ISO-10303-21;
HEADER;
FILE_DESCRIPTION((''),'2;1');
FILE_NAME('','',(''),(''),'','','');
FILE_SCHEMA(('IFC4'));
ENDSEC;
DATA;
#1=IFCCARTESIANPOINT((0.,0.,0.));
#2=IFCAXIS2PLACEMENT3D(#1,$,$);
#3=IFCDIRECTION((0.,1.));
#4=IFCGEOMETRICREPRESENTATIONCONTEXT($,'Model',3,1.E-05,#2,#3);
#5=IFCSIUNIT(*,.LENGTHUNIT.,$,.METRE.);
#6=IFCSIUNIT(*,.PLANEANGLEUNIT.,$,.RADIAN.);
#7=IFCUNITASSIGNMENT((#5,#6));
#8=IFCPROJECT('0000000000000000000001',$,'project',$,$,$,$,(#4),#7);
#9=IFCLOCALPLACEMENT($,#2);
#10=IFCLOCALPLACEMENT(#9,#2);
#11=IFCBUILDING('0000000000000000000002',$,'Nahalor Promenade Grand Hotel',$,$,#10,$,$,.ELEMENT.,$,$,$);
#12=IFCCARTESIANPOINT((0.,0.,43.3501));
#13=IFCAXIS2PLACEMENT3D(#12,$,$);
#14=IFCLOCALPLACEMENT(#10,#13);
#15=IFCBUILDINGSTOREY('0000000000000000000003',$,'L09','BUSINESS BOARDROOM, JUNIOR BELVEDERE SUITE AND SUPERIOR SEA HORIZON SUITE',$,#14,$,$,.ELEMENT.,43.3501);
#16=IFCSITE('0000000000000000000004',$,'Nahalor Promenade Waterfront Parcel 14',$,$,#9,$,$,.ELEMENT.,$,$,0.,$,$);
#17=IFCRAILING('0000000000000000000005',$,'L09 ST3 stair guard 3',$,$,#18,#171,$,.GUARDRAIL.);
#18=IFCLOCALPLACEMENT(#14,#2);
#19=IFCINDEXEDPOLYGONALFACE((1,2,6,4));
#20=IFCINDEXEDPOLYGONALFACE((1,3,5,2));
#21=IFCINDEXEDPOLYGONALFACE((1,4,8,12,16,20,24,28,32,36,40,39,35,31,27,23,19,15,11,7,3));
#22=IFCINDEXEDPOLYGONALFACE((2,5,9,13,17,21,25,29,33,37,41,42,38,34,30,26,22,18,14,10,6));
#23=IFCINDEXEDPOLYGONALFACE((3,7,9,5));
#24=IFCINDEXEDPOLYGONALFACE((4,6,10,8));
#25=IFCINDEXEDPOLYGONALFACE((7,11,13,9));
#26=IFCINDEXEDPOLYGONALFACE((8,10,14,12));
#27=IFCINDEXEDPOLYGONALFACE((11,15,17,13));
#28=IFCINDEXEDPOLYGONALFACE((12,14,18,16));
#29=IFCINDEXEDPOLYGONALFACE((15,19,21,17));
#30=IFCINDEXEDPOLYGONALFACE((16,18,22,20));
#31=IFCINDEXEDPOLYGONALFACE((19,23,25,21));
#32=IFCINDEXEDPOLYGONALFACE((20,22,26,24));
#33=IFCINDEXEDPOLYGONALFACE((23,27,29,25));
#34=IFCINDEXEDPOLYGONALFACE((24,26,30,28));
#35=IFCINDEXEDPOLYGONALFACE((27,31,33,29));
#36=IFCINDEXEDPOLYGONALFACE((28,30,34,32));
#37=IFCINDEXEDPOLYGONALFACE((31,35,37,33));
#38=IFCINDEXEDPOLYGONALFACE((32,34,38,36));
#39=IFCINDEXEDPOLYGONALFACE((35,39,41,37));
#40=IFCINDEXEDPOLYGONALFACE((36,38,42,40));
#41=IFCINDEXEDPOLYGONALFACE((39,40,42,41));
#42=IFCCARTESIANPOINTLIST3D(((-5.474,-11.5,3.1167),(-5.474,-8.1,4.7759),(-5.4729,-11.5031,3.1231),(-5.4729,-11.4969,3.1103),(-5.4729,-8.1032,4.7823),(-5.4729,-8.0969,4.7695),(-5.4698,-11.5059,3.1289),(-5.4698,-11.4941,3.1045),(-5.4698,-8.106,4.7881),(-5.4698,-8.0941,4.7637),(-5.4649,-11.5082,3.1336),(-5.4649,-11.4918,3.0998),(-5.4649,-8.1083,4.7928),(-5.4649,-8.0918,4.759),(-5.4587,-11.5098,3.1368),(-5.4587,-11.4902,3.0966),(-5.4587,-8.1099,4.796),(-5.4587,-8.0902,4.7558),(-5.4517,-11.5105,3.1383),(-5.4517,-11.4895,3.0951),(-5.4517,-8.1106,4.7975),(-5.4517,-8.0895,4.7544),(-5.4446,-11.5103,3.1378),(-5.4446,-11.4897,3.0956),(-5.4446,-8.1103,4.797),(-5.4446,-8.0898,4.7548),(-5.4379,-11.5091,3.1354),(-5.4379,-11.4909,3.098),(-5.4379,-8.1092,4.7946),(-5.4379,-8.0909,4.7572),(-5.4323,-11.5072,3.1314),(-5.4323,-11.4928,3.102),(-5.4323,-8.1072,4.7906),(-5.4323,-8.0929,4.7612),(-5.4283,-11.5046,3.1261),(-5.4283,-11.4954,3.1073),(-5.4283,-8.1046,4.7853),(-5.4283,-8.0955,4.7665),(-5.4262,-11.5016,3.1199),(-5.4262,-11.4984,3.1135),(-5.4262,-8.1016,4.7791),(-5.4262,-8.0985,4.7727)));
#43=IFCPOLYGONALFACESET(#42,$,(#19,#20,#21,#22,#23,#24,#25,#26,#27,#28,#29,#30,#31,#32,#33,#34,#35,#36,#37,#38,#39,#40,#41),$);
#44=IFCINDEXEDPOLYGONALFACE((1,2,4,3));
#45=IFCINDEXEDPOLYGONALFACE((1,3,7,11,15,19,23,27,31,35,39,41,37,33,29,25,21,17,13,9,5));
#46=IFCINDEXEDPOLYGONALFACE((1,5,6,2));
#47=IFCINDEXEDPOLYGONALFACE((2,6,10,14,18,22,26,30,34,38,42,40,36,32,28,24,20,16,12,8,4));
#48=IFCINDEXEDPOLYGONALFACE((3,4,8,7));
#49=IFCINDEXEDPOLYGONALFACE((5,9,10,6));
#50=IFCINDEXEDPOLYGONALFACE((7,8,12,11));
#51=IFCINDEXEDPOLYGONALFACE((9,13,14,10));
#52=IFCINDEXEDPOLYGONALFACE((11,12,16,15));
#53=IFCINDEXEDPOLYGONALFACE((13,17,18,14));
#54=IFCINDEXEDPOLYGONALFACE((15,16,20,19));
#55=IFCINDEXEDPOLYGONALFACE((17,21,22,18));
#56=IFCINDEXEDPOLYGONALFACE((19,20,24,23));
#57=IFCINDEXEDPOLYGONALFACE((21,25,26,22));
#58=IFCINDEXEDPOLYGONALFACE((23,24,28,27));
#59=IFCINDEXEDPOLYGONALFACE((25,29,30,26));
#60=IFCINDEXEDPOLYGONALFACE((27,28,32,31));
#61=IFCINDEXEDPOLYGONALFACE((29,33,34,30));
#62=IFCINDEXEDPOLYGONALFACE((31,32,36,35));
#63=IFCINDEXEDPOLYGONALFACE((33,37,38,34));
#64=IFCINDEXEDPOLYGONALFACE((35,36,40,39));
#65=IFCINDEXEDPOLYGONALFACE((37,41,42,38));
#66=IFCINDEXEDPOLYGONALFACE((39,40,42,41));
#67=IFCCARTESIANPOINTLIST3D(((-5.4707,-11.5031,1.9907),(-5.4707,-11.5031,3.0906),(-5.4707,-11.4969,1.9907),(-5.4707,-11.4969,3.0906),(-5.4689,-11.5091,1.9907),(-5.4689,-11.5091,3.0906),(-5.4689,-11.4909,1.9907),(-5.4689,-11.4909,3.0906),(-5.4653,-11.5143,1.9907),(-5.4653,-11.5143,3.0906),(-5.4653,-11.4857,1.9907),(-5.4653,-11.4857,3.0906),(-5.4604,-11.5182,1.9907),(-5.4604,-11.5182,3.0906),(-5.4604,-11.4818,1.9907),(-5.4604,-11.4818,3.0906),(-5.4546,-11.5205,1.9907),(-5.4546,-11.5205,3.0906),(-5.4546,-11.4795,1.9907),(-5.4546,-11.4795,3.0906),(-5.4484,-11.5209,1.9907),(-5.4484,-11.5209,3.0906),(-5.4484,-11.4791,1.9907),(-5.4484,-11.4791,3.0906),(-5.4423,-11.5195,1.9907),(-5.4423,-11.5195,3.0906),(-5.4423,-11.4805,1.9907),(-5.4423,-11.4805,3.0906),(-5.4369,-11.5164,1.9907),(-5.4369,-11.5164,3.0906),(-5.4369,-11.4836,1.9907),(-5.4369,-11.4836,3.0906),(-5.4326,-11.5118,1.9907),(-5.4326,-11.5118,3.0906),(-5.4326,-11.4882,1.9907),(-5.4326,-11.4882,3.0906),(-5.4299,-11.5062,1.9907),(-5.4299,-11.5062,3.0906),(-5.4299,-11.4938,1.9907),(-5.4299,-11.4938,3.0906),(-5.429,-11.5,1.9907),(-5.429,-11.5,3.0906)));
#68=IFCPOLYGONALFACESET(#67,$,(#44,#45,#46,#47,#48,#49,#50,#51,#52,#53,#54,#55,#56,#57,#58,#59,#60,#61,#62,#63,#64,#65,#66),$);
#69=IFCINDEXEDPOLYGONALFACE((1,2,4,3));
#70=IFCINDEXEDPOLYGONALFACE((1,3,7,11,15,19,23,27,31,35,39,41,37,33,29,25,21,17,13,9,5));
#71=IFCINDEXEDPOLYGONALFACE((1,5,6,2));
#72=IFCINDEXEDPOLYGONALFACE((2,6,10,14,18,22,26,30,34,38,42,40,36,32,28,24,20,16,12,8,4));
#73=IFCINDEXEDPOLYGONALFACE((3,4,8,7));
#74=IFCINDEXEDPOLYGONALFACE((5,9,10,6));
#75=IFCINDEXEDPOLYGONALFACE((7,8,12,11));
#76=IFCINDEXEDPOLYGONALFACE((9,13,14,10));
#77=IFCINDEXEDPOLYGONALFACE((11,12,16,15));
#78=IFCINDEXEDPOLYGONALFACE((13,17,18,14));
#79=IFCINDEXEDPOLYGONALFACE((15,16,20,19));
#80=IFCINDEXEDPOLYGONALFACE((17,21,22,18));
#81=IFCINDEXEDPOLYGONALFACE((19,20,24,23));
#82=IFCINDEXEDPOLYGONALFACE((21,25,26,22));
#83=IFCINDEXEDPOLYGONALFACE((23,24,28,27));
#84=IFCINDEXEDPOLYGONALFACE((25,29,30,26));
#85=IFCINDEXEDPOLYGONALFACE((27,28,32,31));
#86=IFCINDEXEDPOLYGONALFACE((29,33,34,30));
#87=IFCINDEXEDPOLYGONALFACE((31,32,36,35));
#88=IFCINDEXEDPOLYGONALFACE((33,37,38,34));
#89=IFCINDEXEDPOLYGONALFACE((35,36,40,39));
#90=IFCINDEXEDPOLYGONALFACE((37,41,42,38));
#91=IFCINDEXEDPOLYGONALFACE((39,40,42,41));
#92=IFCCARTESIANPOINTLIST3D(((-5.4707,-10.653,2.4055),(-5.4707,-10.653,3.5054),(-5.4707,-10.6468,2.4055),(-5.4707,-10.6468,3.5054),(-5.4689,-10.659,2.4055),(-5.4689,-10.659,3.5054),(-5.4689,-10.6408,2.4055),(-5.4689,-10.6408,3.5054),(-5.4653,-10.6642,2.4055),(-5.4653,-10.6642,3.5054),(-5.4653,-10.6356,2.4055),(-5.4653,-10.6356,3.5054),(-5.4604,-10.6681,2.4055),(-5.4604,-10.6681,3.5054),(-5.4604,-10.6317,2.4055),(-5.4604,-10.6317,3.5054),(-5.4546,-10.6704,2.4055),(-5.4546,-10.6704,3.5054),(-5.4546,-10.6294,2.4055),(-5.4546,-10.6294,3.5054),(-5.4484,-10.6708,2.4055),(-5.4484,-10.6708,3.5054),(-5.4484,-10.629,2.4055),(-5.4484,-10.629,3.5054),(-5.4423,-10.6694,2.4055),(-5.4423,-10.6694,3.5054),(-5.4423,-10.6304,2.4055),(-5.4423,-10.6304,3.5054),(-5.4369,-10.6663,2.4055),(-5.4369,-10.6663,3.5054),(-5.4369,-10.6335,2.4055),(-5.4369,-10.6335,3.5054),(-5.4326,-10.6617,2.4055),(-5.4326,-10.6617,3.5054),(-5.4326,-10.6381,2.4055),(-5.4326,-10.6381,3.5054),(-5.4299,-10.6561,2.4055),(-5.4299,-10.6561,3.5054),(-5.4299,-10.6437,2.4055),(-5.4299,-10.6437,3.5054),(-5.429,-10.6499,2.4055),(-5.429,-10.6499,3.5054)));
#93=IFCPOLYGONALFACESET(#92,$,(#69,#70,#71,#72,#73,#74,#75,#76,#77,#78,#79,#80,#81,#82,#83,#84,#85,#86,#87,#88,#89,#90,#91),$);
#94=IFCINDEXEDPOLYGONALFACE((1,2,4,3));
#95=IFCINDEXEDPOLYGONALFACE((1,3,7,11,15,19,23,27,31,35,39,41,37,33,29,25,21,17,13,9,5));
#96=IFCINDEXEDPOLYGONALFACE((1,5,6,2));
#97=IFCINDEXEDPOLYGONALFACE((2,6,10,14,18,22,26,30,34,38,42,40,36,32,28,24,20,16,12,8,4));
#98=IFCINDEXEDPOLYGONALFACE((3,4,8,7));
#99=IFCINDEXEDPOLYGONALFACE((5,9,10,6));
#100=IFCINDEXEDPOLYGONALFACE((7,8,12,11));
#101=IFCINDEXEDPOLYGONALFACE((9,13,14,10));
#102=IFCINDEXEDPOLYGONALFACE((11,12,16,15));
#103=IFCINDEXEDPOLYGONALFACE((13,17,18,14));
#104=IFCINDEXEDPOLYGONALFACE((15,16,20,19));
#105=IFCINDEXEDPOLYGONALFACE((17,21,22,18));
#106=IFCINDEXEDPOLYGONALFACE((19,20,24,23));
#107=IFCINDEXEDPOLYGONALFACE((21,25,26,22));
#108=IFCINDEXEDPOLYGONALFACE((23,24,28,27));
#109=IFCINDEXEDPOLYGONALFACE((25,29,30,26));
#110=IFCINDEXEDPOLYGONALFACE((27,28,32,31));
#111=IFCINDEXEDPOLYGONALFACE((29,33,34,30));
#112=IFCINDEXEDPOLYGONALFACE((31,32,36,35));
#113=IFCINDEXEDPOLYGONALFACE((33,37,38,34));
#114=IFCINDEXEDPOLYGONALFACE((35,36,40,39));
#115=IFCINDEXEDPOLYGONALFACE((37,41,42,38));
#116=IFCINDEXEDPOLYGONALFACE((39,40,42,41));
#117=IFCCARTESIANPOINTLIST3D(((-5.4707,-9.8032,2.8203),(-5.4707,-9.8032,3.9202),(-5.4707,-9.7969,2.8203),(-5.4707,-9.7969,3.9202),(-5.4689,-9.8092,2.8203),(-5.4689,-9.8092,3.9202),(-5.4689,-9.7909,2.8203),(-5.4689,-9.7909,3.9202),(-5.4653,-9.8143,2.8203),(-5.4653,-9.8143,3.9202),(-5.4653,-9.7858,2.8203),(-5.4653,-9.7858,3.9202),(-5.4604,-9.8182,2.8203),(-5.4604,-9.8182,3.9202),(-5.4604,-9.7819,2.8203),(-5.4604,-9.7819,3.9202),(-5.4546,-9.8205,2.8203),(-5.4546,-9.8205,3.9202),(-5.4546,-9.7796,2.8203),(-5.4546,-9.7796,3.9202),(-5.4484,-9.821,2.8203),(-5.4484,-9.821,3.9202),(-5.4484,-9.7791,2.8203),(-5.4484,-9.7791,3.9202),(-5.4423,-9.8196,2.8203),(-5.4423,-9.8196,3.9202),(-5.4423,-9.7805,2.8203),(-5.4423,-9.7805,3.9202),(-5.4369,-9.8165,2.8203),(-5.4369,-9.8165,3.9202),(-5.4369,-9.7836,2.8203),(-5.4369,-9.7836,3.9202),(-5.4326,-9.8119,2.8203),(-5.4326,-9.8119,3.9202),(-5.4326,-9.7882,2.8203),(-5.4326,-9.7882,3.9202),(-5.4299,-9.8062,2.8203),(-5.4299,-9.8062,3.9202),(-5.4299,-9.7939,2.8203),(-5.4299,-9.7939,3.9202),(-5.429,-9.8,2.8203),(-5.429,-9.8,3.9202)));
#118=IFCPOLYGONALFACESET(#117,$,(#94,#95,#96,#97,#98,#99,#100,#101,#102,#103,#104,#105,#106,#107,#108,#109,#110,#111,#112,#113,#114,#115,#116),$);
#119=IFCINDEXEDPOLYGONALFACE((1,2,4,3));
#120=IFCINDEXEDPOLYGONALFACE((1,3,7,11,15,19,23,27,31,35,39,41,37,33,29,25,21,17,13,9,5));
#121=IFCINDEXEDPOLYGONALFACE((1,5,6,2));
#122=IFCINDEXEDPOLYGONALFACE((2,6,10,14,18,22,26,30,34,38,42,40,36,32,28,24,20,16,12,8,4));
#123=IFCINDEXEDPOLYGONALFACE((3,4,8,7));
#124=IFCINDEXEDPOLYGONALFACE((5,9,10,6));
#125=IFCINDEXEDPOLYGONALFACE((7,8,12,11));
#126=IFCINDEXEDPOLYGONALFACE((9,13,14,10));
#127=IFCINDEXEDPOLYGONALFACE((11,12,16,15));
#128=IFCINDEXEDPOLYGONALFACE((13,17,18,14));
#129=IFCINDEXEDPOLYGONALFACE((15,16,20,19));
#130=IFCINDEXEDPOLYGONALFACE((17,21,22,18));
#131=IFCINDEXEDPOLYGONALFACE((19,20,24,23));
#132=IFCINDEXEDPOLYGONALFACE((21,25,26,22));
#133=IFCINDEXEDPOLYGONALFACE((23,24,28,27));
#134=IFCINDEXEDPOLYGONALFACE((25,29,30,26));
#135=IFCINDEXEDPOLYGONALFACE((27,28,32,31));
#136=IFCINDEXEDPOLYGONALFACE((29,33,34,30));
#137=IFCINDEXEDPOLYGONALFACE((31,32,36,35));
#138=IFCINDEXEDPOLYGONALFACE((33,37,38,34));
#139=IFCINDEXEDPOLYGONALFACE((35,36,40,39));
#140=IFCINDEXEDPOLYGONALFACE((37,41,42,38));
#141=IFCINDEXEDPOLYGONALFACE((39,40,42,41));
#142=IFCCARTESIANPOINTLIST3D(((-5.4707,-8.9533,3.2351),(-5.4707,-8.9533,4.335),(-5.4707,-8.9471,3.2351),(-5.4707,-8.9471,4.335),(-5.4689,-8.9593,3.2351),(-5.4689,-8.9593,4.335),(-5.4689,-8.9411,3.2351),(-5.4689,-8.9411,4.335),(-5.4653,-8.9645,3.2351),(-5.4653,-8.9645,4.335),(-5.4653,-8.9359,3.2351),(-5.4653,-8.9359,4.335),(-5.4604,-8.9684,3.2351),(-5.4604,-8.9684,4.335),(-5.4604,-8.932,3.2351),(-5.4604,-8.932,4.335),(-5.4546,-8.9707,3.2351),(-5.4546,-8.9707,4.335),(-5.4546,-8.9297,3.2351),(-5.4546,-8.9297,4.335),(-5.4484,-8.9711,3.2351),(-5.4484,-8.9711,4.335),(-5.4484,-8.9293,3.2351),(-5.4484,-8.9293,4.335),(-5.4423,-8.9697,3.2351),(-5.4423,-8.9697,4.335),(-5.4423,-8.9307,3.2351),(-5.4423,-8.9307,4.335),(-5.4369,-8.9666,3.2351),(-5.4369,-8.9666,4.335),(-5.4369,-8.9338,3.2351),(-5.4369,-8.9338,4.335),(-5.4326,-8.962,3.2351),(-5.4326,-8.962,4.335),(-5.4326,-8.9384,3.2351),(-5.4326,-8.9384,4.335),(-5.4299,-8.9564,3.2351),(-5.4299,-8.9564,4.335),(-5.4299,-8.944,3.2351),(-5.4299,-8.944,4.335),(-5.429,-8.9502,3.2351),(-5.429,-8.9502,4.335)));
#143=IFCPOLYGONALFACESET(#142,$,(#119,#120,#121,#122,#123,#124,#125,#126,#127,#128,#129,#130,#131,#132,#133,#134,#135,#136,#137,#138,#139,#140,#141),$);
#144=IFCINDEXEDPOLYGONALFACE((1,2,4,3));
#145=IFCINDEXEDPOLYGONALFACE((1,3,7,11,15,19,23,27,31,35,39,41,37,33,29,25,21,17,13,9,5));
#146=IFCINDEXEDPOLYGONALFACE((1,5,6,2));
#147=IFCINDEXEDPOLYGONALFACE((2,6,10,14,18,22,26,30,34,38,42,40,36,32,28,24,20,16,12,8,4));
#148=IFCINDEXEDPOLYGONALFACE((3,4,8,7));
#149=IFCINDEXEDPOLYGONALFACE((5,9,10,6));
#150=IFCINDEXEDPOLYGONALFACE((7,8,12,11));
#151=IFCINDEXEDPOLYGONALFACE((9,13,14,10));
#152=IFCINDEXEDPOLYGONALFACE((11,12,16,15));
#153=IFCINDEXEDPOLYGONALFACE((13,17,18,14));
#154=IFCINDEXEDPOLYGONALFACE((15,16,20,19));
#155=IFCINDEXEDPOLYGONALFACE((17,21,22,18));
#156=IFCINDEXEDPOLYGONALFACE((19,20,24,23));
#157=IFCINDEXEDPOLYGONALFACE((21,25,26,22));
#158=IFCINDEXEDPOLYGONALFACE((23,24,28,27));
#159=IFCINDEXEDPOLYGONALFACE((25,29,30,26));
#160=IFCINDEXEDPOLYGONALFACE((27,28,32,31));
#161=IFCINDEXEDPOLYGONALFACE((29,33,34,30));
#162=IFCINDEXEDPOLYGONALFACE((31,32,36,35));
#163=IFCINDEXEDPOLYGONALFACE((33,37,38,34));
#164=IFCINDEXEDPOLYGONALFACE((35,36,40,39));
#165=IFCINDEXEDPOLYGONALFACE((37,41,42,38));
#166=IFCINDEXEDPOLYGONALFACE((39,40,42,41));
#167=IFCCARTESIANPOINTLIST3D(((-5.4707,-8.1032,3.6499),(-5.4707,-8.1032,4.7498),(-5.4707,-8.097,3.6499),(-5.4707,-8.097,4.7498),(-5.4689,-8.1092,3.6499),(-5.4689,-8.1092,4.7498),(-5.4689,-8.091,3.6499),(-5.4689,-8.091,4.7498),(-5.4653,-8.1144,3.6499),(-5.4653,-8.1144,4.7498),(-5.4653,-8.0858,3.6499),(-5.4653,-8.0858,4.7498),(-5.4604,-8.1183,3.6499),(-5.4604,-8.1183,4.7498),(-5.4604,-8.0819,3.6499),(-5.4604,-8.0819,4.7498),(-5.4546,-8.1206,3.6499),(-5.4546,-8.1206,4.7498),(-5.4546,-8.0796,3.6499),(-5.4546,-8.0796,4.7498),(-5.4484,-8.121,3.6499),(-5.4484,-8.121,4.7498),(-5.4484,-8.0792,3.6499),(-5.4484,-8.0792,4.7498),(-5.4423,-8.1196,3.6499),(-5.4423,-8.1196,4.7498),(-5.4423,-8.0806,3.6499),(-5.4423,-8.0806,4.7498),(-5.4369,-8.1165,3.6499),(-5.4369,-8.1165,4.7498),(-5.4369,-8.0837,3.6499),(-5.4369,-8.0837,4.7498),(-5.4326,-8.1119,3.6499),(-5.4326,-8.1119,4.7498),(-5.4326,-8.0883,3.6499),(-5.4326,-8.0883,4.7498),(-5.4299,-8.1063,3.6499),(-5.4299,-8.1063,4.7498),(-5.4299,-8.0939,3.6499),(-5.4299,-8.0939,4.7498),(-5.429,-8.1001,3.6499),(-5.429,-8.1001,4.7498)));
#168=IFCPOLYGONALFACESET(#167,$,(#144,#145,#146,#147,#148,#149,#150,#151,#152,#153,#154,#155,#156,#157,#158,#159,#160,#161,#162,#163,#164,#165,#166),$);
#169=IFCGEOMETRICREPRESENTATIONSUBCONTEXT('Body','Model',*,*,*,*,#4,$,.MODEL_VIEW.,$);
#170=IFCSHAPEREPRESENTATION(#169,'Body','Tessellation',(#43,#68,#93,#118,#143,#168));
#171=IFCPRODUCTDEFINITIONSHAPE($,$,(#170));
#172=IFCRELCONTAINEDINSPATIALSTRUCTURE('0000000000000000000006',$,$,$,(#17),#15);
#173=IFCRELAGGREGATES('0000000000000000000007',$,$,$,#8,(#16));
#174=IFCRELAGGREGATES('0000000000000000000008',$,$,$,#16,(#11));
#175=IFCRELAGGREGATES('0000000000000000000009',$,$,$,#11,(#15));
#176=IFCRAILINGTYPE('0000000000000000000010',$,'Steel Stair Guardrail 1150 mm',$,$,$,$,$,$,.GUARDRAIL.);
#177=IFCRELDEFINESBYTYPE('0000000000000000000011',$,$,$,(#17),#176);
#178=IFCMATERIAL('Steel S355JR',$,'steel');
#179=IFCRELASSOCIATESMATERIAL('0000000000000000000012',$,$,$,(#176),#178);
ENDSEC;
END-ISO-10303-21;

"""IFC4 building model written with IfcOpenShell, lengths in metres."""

from ifc_helpers import new_model, si_unit, direction, frame, origin, origin_2d, place, context, subcontext, project, spatial, circle, extrude, material, type_object, element, save


model = new_model("IFC4")

# Units and contexts
model_context = context("Model", 3, precision=1e-05, world=origin(), true_north=direction((0.0, 1.0)))
body_context = subcontext(model_context, "Body", "Model", "MODEL_VIEW")
ifc_project = project(units=[si_unit("LENGTHUNIT", "METRE"), si_unit("PLANEANGLEUNIT", "RADIAN")], contexts=[model_context])

# Site, building, storey
site_placement = place(None, origin())
site = spatial("IfcSite", under=ifc_project, at=site_placement, Name="Nahalor Promenade Waterfront Parcel 14", CompositionType="ELEMENT", RefElevation=0.0)
building_placement = place(site_placement, origin())
building = spatial("IfcBuilding", under=site, at=building_placement, Name="Nahalor Promenade Grand Hotel", CompositionType="ELEMENT")
storey_placement = place(building_placement, frame((0.0, 0.0, 43.3501)))
storey = spatial("IfcBuildingStorey", under=building, at=storey_placement, Name="L09", Description="BUSINESS BOARDROOM, JUNIOR BELVEDERE SUITE AND SUPERIOR SEA HORIZON SUITE", CompositionType="ELEMENT", Elevation=43.3501)

# Shared definitions
ifc_material_1 = material(Name="Steel S355JR", Category="steel")

# Railing
railing_type_1 = type_object("IfcRailingType", Name="Steel Stair Guardrail 1150 mm", PredefinedType="GUARDRAIL", material=ifc_material_1)
railing_1_placement = place(storey_placement, frame((-5.45, -11.5, 1.9907)))
element("IfcRailing", 1, at=railing_1_placement, inside=storey, type_object=railing_type_1, Name="L09 ST3 stair guard 3", PredefinedType="GUARDRAIL", context=body_context, shape_type="SweptSolid", body=[
    extrude(circle(Radius=0.024, at=origin_2d()), frame((0.0, 0.0, 1.126), z_axis=(0.0, 0.898696, 0.438571), x_axis=(-1.0, 0.0, 0.0)), (0.0, 0.0, 1.0), 3.7832),
    extrude(circle(Radius=0.021, at=origin_2d()), origin(), (0.0, 0.0, 1.0), 1.0999),
    extrude(circle(Radius=0.021, at=origin_2d()), frame((0.0, 0.8501, 0.4148)), (0.0, 0.0, 1.0), 1.0999),
    extrude(circle(Radius=0.021, at=origin_2d()), frame((0.0, 1.7, 0.8296)), (0.0, 0.0, 1.0), 1.0999),
    extrude(circle(Radius=0.021, at=origin_2d()), frame((0.0, 2.5498, 1.2444)), (0.0, 0.0, 1.0), 1.0999),
    extrude(circle(Radius=0.021, at=origin_2d()), frame((0.0, 3.3999, 1.6592)), (0.0, 0.0, 1.0), 1.0999),
])

save(model, "model.ifc")
